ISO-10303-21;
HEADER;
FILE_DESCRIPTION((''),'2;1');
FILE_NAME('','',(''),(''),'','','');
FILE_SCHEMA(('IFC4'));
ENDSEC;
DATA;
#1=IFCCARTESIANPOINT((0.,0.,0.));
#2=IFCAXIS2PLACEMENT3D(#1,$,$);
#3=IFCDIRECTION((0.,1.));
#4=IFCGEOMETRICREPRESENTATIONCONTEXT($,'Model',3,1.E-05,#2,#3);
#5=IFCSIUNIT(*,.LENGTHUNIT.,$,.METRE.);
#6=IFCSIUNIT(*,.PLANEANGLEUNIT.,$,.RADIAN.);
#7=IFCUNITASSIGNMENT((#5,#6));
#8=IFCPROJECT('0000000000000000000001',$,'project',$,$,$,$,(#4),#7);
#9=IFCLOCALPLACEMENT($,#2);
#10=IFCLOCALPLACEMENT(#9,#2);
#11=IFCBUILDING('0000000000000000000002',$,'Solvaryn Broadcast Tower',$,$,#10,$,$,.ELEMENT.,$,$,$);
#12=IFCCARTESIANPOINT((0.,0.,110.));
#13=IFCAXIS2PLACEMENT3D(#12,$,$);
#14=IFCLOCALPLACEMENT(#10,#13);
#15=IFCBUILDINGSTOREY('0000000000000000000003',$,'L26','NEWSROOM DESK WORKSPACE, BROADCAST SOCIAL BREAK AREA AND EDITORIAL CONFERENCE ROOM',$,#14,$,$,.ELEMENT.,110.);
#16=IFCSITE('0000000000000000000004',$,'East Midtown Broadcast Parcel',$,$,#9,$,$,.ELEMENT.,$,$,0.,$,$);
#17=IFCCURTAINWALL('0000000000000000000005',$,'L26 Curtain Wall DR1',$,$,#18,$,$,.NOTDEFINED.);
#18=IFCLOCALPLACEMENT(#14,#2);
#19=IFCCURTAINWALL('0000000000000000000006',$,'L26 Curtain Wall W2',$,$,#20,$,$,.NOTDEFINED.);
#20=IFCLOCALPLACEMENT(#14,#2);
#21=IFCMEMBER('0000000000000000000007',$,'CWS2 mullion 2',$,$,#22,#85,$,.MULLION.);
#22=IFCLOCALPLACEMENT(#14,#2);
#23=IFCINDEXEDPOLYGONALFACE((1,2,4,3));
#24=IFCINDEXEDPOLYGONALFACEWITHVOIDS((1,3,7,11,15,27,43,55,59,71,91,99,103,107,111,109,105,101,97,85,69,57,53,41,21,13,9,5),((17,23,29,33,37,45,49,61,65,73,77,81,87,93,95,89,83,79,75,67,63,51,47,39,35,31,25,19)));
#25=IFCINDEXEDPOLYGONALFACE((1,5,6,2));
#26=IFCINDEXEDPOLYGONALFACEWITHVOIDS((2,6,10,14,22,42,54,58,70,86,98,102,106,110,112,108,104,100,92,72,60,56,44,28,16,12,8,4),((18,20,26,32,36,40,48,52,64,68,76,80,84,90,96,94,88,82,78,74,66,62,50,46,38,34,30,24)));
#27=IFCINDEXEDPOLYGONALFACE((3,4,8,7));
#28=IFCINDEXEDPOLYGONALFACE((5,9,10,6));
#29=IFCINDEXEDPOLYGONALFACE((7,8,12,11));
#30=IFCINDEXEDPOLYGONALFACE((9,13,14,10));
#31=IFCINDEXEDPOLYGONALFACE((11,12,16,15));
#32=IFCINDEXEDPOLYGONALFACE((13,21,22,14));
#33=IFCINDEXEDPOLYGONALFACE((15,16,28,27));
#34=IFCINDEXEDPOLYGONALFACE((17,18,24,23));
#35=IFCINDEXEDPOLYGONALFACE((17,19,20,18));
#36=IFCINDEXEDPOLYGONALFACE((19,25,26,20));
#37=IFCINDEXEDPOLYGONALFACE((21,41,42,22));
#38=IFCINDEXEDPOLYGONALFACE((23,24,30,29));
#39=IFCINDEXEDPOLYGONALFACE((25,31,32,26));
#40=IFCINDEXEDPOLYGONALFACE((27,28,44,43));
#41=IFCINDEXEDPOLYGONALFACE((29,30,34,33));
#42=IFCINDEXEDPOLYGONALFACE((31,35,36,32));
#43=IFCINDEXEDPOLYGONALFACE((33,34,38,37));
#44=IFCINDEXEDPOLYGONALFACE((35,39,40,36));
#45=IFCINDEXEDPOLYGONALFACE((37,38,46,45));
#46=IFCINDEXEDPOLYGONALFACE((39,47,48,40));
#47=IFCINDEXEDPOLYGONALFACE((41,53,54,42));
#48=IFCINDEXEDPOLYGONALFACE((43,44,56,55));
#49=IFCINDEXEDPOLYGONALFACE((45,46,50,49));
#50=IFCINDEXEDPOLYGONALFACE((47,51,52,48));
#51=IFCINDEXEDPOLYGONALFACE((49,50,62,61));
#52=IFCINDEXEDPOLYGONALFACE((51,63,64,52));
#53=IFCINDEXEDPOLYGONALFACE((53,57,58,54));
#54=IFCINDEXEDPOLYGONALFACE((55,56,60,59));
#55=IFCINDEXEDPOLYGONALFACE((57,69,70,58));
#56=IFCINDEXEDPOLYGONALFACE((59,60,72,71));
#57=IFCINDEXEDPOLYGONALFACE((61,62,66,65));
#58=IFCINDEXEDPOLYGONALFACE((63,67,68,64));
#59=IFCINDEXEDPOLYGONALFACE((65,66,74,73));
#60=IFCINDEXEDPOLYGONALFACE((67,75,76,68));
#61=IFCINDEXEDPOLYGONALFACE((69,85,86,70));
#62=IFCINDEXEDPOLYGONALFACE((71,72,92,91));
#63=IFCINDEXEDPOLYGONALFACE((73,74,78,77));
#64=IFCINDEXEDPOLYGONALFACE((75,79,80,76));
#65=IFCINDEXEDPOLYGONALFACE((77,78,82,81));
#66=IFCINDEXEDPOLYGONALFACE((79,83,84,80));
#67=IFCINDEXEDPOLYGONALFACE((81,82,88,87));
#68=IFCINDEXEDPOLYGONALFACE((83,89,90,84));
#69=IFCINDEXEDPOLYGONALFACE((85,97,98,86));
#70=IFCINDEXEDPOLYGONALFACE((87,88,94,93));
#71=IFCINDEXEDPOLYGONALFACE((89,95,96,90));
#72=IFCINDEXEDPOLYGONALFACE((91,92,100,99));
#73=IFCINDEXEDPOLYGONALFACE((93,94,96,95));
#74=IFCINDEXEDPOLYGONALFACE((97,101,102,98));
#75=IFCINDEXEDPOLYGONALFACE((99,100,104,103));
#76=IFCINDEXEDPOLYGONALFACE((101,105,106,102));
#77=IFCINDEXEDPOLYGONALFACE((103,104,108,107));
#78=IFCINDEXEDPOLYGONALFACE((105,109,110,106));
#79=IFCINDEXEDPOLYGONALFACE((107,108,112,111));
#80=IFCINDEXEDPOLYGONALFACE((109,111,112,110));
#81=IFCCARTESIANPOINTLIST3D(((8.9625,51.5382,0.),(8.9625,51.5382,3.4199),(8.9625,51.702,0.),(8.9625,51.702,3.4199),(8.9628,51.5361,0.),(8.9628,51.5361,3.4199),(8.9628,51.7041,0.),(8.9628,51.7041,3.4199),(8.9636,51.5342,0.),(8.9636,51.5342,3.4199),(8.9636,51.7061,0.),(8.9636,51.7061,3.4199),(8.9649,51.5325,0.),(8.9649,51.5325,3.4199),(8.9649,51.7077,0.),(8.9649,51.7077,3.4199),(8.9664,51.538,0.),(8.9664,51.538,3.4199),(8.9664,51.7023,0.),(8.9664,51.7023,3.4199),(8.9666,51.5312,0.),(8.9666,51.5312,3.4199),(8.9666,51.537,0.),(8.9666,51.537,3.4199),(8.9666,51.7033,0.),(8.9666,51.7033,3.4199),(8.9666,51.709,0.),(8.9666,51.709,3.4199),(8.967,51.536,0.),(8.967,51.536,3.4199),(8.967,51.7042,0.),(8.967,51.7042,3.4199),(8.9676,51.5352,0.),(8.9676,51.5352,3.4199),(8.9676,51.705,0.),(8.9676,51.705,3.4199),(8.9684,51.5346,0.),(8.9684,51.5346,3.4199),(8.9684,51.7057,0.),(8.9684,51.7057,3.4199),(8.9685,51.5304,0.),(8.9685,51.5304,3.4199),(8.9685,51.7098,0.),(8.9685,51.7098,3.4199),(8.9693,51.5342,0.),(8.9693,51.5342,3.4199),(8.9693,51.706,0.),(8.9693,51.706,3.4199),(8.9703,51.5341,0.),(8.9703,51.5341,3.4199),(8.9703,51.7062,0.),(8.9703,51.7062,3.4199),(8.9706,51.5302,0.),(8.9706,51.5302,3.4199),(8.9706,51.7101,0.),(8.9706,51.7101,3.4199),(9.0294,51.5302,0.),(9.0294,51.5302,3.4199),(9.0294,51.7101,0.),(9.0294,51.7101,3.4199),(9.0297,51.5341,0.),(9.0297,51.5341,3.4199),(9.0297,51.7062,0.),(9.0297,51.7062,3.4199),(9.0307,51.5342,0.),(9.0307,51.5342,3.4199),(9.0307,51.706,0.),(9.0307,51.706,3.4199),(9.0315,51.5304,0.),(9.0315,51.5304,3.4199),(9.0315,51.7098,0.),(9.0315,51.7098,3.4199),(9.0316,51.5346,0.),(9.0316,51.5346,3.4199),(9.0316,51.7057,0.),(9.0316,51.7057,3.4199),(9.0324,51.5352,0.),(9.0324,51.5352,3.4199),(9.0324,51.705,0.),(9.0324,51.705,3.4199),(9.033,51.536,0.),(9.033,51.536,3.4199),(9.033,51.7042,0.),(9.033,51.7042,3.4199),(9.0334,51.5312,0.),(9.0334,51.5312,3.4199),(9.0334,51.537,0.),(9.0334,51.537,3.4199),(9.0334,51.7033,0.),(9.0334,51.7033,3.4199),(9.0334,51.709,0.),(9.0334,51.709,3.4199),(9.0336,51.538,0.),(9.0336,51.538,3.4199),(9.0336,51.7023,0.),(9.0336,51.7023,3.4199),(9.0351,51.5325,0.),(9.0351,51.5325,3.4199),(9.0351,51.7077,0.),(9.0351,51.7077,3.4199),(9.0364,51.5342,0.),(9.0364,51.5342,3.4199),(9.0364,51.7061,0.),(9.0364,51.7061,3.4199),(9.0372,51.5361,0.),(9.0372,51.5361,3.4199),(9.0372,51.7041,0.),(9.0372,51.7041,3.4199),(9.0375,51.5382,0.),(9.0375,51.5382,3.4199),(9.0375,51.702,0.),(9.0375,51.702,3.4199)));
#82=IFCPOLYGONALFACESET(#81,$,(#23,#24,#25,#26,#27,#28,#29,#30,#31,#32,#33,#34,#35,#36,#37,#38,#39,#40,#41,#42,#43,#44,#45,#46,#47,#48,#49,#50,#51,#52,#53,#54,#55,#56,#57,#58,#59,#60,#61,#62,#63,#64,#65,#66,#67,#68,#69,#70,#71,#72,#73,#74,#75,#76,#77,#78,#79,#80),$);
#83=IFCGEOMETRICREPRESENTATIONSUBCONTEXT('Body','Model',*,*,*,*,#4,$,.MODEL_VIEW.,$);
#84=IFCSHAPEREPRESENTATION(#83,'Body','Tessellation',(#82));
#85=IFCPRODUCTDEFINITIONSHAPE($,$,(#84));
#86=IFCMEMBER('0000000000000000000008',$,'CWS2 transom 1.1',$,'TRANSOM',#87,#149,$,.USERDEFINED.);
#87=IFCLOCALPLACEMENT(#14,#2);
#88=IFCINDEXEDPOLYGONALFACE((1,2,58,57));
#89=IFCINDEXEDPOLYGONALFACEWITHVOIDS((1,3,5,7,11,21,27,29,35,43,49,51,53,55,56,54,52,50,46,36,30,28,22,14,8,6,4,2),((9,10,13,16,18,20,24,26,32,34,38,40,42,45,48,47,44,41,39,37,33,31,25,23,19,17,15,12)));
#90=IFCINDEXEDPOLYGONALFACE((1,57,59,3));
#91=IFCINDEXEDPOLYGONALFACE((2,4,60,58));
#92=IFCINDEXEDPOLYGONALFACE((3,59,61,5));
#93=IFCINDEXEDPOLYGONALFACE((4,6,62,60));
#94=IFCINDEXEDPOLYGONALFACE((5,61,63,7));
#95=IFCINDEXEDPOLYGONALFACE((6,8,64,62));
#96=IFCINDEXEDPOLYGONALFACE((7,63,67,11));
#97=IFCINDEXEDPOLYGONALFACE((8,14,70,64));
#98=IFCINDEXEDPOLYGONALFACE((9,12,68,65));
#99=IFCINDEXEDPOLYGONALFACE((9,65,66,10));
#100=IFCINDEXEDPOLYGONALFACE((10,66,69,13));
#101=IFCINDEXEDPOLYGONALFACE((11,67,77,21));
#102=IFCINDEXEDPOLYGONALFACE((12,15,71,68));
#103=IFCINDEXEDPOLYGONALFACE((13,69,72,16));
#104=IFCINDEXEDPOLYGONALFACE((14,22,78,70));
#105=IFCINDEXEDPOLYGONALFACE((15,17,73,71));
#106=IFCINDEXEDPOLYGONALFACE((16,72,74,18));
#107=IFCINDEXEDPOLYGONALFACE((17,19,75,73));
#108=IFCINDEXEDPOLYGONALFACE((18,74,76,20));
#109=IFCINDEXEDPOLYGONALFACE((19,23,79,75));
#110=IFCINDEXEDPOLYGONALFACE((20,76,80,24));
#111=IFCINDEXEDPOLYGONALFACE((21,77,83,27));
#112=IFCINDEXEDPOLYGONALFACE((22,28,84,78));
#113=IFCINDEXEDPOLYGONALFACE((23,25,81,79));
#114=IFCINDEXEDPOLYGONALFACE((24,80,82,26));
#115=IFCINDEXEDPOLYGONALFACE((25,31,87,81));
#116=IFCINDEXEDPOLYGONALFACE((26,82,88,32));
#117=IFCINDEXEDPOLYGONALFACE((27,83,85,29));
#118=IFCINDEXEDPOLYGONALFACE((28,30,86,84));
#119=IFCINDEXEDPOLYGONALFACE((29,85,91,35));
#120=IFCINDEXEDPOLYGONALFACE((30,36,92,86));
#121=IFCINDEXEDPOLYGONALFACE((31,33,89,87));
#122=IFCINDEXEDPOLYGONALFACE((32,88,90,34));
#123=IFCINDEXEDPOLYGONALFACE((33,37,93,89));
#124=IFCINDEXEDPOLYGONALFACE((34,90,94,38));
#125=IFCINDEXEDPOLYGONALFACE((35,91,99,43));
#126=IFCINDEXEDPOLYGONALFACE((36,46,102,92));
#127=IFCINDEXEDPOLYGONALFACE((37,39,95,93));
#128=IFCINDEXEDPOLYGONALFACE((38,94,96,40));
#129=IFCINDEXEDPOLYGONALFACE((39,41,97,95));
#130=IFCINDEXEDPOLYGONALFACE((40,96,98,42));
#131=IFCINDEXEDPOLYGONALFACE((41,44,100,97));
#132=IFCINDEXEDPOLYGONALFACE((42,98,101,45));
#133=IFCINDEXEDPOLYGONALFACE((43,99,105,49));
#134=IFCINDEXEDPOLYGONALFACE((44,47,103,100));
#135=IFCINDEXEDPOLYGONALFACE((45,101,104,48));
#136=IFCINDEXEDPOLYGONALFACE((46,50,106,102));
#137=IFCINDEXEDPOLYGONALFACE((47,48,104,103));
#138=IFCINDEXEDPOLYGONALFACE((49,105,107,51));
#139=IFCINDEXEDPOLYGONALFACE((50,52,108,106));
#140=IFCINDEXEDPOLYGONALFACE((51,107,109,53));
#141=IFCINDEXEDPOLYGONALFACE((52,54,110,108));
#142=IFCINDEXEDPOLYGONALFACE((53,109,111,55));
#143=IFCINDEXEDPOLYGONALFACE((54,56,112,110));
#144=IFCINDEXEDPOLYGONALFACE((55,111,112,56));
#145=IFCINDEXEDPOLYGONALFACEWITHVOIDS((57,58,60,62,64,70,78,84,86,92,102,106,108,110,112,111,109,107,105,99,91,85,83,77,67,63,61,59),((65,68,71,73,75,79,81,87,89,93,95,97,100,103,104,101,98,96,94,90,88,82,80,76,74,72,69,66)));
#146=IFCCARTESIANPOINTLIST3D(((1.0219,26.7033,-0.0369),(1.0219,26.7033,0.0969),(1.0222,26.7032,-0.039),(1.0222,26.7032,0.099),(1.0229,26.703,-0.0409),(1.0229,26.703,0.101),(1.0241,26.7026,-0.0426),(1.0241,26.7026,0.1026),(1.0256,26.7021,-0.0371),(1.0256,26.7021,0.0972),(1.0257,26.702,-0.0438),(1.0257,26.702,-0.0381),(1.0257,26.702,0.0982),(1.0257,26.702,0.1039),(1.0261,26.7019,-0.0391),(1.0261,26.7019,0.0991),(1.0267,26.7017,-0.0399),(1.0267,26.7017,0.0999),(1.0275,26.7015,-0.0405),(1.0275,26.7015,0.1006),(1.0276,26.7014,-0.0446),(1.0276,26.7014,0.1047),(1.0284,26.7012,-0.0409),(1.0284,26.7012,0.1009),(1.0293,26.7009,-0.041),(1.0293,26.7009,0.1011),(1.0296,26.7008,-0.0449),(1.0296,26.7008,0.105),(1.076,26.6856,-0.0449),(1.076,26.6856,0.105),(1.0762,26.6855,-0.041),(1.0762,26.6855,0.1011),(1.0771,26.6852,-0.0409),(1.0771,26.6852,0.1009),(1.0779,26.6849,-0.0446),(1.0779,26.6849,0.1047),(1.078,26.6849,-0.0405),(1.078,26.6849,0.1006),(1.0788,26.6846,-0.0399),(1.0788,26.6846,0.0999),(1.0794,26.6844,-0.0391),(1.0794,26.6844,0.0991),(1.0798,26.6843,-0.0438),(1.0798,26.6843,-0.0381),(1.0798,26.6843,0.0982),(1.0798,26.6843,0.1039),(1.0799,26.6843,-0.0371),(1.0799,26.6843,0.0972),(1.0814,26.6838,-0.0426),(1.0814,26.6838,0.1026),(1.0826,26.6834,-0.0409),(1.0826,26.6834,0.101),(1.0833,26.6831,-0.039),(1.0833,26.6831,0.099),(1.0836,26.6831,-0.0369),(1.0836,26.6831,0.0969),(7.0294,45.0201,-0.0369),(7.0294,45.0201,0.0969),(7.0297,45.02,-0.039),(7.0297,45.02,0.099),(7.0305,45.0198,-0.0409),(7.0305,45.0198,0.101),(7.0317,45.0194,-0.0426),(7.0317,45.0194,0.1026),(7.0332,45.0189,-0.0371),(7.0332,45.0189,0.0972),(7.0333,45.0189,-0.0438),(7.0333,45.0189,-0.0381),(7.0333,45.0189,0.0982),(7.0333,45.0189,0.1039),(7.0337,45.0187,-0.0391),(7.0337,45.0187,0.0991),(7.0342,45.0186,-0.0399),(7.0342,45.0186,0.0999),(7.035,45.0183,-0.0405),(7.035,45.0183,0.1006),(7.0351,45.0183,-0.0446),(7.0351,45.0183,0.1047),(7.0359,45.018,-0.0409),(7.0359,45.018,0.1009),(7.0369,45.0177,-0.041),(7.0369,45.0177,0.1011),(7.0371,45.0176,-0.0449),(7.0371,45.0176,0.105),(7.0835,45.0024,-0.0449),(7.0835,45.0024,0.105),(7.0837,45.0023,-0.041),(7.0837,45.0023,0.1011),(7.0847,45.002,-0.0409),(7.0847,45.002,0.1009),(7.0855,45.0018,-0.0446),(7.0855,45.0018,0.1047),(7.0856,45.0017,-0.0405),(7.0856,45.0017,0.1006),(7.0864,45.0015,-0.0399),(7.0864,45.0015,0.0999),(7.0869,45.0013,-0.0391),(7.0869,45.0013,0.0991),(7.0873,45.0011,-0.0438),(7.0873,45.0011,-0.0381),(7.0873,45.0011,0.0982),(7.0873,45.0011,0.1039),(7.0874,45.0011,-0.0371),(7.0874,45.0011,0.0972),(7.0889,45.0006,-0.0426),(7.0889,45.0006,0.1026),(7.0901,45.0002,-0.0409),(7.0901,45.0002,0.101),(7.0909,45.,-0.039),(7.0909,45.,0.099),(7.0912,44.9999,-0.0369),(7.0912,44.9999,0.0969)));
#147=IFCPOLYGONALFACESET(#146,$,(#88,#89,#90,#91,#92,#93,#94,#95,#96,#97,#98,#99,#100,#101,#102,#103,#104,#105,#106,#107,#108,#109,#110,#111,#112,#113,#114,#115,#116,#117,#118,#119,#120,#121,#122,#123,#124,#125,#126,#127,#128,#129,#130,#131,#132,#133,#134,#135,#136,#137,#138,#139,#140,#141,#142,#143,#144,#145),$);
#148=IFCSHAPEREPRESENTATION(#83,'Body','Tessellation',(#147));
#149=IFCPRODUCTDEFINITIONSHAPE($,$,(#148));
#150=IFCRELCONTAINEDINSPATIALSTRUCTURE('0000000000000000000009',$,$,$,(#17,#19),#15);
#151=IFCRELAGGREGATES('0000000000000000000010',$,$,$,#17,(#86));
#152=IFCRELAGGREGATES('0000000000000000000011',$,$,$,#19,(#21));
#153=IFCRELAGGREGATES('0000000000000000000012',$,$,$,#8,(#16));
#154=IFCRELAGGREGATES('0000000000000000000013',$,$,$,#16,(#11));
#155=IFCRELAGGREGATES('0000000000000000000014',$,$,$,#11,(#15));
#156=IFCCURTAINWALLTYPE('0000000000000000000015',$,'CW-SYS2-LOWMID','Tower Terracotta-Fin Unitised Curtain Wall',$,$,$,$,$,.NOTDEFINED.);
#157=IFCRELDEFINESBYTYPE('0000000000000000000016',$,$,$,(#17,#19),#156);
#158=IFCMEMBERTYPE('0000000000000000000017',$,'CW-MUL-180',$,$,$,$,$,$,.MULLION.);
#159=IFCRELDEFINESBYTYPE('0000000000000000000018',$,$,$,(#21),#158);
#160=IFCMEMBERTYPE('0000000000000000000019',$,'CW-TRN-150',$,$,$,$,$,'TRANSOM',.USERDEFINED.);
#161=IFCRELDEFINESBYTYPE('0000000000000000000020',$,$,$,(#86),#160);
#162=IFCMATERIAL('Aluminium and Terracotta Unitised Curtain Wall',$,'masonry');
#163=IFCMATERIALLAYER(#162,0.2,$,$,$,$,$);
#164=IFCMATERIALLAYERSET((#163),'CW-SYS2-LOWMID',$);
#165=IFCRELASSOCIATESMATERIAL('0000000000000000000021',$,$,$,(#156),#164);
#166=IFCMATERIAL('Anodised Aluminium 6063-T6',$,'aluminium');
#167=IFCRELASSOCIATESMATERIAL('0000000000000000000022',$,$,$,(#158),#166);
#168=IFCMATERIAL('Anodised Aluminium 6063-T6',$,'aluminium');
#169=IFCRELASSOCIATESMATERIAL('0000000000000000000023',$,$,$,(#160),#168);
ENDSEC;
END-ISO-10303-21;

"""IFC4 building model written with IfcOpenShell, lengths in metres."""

from ifc_helpers import new_model, si_unit, direction, frame, origin, origin_2d, place, context, subcontext, project, spatial, hollow_rectangle, extrude, material, layer, layer_set, material_profile, profile_set, type_object, element, aggregate, save


model = new_model("IFC4")

# Units and contexts
model_context = context("Model", 3, precision=1e-05, world=origin(), true_north=direction((0.0, 1.0)))
body_context = subcontext(model_context, "Body", "Model", "MODEL_VIEW")
ifc_project = project(units=[si_unit("LENGTHUNIT", "METRE"), si_unit("PLANEANGLEUNIT", "RADIAN")], contexts=[model_context])

# Site, building, storey
site_placement = place(None, origin())
site = spatial("IfcSite", under=ifc_project, at=site_placement, Name="East Midtown Broadcast Parcel", CompositionType="ELEMENT", RefElevation=0.0)
building_placement = place(site_placement, origin())
building = spatial("IfcBuilding", under=site, at=building_placement, Name="Solvaryn Broadcast Tower", CompositionType="ELEMENT")
storey_placement = place(building_placement, frame((0.0, 0.0, 110.0)))
storey = spatial("IfcBuildingStorey", under=building, at=storey_placement, Name="L26", Description="NEWSROOM DESK WORKSPACE, BROADCAST SOCIAL BREAK AREA AND EDITORIAL CONFERENCE ROOM", CompositionType="ELEMENT", Elevation=110.0)

# Curtain wall
ifc_material_1 = material(Name="Aluminium and Terracotta Unitised Curtain Wall", Category="masonry")
ifc_layer_1 = layer(ifc_material_1, 0.2)
ifc_layer_set_1 = layer_set([ifc_layer_1], Name="CW-SYS2-LOWMID")
curtain_wall_type = type_object("IfcCurtainWallType", Name="CW-SYS2-LOWMID", Description="Tower Terracotta-Fin Unitised Curtain Wall", PredefinedType="NOTDEFINED", material=ifc_layer_set_1)
curtain_wall_1_placement = place(storey_placement, origin())
curtain_wall_1 = element("IfcCurtainWall", 1, at=curtain_wall_1_placement, inside=storey, type_object=curtain_wall_type, Name="L26 Curtain Wall DR1", PredefinedType="NOTDEFINED")
ifc_material_2 = material(Name="Anodised Aluminium 6063-T6", Category="aluminium")
ifc_material_profile_1 = material_profile(ifc_material_2, hollow_rectangle(XDim=0.075, YDim=0.1799, WallThickness=0.0039, InnerFilletRadius=0.0039, OuterFilletRadius=0.0081, at=origin_2d()))
ifc_profile_set_1 = profile_set([ifc_material_profile_1], Name="Anodised Aluminium 6063-T6")
member_type_1 = type_object("IfcMemberType", Name="CW-MUL-180", PredefinedType="MULLION", material=ifc_profile_set_1)

# Curtain wall, member
curtain_wall_2_placement = place(storey_placement, origin())
curtain_wall_2 = element("IfcCurtainWall", 2, at=curtain_wall_2_placement, inside=storey, type_object=curtain_wall_type, Name="L26 Curtain Wall W2", PredefinedType="NOTDEFINED")
member_1_placement = place(storey_placement, frame((9.0, 51.6201, 0.0), z_axis=(0.0, 0.0, 1.0), x_axis=(-1.0, 0.0, 0.0)))
member_1 = element("IfcMember", 3, at=member_1_placement, type_object=member_type_1, Name="CWS2 mullion 2", PredefinedType="MULLION", context=body_context, shape_type="SweptSolid", body=[
    extrude(hollow_rectangle(XDim=0.075, YDim=0.1799, WallThickness=0.0039, InnerFilletRadius=0.0039, OuterFilletRadius=0.0081, at=origin_2d()), origin(), (0.0, 0.0, 1.0), 3.4199),
])

# Member
ifc_material_3 = material(Name="Anodised Aluminium 6063-T6", Category="aluminium")
ifc_material_profile_2 = material_profile(ifc_material_3, hollow_rectangle(XDim=0.0649, YDim=0.1499, WallThickness=0.0039, InnerFilletRadius=0.0039, OuterFilletRadius=0.0081, at=origin_2d()))
ifc_profile_set_2 = profile_set([ifc_material_profile_2], Name="Anodised Aluminium 6063-T6")
member_type_2 = type_object("IfcMemberType", Name="CW-TRN-150", ElementType="TRANSOM", PredefinedType="USERDEFINED", material=ifc_profile_set_2)
member_2_placement = place(storey_placement, frame((7.0603, 45.01, 0.03), z_axis=(-0.311646, -0.950198, 0.0), x_axis=(0.950198, -0.311646, 0.0)))
member_2 = element("IfcMember", 4, at=member_2_placement, type_object=member_type_2, Name="CWS2 transom 1.1", ObjectType="TRANSOM", PredefinedType="USERDEFINED", context=body_context, shape_type="SweptSolid", body=[
    extrude(hollow_rectangle(XDim=0.0649, YDim=0.1499, WallThickness=0.0039, InnerFilletRadius=0.0039, OuterFilletRadius=0.0081, at=origin_2d()), origin(), (0.0, 0.0, 1.0), 19.2769),
])
aggregate(curtain_wall_1, [member_2])

aggregate(curtain_wall_2, [member_1])

save(model, "model.ifc")
